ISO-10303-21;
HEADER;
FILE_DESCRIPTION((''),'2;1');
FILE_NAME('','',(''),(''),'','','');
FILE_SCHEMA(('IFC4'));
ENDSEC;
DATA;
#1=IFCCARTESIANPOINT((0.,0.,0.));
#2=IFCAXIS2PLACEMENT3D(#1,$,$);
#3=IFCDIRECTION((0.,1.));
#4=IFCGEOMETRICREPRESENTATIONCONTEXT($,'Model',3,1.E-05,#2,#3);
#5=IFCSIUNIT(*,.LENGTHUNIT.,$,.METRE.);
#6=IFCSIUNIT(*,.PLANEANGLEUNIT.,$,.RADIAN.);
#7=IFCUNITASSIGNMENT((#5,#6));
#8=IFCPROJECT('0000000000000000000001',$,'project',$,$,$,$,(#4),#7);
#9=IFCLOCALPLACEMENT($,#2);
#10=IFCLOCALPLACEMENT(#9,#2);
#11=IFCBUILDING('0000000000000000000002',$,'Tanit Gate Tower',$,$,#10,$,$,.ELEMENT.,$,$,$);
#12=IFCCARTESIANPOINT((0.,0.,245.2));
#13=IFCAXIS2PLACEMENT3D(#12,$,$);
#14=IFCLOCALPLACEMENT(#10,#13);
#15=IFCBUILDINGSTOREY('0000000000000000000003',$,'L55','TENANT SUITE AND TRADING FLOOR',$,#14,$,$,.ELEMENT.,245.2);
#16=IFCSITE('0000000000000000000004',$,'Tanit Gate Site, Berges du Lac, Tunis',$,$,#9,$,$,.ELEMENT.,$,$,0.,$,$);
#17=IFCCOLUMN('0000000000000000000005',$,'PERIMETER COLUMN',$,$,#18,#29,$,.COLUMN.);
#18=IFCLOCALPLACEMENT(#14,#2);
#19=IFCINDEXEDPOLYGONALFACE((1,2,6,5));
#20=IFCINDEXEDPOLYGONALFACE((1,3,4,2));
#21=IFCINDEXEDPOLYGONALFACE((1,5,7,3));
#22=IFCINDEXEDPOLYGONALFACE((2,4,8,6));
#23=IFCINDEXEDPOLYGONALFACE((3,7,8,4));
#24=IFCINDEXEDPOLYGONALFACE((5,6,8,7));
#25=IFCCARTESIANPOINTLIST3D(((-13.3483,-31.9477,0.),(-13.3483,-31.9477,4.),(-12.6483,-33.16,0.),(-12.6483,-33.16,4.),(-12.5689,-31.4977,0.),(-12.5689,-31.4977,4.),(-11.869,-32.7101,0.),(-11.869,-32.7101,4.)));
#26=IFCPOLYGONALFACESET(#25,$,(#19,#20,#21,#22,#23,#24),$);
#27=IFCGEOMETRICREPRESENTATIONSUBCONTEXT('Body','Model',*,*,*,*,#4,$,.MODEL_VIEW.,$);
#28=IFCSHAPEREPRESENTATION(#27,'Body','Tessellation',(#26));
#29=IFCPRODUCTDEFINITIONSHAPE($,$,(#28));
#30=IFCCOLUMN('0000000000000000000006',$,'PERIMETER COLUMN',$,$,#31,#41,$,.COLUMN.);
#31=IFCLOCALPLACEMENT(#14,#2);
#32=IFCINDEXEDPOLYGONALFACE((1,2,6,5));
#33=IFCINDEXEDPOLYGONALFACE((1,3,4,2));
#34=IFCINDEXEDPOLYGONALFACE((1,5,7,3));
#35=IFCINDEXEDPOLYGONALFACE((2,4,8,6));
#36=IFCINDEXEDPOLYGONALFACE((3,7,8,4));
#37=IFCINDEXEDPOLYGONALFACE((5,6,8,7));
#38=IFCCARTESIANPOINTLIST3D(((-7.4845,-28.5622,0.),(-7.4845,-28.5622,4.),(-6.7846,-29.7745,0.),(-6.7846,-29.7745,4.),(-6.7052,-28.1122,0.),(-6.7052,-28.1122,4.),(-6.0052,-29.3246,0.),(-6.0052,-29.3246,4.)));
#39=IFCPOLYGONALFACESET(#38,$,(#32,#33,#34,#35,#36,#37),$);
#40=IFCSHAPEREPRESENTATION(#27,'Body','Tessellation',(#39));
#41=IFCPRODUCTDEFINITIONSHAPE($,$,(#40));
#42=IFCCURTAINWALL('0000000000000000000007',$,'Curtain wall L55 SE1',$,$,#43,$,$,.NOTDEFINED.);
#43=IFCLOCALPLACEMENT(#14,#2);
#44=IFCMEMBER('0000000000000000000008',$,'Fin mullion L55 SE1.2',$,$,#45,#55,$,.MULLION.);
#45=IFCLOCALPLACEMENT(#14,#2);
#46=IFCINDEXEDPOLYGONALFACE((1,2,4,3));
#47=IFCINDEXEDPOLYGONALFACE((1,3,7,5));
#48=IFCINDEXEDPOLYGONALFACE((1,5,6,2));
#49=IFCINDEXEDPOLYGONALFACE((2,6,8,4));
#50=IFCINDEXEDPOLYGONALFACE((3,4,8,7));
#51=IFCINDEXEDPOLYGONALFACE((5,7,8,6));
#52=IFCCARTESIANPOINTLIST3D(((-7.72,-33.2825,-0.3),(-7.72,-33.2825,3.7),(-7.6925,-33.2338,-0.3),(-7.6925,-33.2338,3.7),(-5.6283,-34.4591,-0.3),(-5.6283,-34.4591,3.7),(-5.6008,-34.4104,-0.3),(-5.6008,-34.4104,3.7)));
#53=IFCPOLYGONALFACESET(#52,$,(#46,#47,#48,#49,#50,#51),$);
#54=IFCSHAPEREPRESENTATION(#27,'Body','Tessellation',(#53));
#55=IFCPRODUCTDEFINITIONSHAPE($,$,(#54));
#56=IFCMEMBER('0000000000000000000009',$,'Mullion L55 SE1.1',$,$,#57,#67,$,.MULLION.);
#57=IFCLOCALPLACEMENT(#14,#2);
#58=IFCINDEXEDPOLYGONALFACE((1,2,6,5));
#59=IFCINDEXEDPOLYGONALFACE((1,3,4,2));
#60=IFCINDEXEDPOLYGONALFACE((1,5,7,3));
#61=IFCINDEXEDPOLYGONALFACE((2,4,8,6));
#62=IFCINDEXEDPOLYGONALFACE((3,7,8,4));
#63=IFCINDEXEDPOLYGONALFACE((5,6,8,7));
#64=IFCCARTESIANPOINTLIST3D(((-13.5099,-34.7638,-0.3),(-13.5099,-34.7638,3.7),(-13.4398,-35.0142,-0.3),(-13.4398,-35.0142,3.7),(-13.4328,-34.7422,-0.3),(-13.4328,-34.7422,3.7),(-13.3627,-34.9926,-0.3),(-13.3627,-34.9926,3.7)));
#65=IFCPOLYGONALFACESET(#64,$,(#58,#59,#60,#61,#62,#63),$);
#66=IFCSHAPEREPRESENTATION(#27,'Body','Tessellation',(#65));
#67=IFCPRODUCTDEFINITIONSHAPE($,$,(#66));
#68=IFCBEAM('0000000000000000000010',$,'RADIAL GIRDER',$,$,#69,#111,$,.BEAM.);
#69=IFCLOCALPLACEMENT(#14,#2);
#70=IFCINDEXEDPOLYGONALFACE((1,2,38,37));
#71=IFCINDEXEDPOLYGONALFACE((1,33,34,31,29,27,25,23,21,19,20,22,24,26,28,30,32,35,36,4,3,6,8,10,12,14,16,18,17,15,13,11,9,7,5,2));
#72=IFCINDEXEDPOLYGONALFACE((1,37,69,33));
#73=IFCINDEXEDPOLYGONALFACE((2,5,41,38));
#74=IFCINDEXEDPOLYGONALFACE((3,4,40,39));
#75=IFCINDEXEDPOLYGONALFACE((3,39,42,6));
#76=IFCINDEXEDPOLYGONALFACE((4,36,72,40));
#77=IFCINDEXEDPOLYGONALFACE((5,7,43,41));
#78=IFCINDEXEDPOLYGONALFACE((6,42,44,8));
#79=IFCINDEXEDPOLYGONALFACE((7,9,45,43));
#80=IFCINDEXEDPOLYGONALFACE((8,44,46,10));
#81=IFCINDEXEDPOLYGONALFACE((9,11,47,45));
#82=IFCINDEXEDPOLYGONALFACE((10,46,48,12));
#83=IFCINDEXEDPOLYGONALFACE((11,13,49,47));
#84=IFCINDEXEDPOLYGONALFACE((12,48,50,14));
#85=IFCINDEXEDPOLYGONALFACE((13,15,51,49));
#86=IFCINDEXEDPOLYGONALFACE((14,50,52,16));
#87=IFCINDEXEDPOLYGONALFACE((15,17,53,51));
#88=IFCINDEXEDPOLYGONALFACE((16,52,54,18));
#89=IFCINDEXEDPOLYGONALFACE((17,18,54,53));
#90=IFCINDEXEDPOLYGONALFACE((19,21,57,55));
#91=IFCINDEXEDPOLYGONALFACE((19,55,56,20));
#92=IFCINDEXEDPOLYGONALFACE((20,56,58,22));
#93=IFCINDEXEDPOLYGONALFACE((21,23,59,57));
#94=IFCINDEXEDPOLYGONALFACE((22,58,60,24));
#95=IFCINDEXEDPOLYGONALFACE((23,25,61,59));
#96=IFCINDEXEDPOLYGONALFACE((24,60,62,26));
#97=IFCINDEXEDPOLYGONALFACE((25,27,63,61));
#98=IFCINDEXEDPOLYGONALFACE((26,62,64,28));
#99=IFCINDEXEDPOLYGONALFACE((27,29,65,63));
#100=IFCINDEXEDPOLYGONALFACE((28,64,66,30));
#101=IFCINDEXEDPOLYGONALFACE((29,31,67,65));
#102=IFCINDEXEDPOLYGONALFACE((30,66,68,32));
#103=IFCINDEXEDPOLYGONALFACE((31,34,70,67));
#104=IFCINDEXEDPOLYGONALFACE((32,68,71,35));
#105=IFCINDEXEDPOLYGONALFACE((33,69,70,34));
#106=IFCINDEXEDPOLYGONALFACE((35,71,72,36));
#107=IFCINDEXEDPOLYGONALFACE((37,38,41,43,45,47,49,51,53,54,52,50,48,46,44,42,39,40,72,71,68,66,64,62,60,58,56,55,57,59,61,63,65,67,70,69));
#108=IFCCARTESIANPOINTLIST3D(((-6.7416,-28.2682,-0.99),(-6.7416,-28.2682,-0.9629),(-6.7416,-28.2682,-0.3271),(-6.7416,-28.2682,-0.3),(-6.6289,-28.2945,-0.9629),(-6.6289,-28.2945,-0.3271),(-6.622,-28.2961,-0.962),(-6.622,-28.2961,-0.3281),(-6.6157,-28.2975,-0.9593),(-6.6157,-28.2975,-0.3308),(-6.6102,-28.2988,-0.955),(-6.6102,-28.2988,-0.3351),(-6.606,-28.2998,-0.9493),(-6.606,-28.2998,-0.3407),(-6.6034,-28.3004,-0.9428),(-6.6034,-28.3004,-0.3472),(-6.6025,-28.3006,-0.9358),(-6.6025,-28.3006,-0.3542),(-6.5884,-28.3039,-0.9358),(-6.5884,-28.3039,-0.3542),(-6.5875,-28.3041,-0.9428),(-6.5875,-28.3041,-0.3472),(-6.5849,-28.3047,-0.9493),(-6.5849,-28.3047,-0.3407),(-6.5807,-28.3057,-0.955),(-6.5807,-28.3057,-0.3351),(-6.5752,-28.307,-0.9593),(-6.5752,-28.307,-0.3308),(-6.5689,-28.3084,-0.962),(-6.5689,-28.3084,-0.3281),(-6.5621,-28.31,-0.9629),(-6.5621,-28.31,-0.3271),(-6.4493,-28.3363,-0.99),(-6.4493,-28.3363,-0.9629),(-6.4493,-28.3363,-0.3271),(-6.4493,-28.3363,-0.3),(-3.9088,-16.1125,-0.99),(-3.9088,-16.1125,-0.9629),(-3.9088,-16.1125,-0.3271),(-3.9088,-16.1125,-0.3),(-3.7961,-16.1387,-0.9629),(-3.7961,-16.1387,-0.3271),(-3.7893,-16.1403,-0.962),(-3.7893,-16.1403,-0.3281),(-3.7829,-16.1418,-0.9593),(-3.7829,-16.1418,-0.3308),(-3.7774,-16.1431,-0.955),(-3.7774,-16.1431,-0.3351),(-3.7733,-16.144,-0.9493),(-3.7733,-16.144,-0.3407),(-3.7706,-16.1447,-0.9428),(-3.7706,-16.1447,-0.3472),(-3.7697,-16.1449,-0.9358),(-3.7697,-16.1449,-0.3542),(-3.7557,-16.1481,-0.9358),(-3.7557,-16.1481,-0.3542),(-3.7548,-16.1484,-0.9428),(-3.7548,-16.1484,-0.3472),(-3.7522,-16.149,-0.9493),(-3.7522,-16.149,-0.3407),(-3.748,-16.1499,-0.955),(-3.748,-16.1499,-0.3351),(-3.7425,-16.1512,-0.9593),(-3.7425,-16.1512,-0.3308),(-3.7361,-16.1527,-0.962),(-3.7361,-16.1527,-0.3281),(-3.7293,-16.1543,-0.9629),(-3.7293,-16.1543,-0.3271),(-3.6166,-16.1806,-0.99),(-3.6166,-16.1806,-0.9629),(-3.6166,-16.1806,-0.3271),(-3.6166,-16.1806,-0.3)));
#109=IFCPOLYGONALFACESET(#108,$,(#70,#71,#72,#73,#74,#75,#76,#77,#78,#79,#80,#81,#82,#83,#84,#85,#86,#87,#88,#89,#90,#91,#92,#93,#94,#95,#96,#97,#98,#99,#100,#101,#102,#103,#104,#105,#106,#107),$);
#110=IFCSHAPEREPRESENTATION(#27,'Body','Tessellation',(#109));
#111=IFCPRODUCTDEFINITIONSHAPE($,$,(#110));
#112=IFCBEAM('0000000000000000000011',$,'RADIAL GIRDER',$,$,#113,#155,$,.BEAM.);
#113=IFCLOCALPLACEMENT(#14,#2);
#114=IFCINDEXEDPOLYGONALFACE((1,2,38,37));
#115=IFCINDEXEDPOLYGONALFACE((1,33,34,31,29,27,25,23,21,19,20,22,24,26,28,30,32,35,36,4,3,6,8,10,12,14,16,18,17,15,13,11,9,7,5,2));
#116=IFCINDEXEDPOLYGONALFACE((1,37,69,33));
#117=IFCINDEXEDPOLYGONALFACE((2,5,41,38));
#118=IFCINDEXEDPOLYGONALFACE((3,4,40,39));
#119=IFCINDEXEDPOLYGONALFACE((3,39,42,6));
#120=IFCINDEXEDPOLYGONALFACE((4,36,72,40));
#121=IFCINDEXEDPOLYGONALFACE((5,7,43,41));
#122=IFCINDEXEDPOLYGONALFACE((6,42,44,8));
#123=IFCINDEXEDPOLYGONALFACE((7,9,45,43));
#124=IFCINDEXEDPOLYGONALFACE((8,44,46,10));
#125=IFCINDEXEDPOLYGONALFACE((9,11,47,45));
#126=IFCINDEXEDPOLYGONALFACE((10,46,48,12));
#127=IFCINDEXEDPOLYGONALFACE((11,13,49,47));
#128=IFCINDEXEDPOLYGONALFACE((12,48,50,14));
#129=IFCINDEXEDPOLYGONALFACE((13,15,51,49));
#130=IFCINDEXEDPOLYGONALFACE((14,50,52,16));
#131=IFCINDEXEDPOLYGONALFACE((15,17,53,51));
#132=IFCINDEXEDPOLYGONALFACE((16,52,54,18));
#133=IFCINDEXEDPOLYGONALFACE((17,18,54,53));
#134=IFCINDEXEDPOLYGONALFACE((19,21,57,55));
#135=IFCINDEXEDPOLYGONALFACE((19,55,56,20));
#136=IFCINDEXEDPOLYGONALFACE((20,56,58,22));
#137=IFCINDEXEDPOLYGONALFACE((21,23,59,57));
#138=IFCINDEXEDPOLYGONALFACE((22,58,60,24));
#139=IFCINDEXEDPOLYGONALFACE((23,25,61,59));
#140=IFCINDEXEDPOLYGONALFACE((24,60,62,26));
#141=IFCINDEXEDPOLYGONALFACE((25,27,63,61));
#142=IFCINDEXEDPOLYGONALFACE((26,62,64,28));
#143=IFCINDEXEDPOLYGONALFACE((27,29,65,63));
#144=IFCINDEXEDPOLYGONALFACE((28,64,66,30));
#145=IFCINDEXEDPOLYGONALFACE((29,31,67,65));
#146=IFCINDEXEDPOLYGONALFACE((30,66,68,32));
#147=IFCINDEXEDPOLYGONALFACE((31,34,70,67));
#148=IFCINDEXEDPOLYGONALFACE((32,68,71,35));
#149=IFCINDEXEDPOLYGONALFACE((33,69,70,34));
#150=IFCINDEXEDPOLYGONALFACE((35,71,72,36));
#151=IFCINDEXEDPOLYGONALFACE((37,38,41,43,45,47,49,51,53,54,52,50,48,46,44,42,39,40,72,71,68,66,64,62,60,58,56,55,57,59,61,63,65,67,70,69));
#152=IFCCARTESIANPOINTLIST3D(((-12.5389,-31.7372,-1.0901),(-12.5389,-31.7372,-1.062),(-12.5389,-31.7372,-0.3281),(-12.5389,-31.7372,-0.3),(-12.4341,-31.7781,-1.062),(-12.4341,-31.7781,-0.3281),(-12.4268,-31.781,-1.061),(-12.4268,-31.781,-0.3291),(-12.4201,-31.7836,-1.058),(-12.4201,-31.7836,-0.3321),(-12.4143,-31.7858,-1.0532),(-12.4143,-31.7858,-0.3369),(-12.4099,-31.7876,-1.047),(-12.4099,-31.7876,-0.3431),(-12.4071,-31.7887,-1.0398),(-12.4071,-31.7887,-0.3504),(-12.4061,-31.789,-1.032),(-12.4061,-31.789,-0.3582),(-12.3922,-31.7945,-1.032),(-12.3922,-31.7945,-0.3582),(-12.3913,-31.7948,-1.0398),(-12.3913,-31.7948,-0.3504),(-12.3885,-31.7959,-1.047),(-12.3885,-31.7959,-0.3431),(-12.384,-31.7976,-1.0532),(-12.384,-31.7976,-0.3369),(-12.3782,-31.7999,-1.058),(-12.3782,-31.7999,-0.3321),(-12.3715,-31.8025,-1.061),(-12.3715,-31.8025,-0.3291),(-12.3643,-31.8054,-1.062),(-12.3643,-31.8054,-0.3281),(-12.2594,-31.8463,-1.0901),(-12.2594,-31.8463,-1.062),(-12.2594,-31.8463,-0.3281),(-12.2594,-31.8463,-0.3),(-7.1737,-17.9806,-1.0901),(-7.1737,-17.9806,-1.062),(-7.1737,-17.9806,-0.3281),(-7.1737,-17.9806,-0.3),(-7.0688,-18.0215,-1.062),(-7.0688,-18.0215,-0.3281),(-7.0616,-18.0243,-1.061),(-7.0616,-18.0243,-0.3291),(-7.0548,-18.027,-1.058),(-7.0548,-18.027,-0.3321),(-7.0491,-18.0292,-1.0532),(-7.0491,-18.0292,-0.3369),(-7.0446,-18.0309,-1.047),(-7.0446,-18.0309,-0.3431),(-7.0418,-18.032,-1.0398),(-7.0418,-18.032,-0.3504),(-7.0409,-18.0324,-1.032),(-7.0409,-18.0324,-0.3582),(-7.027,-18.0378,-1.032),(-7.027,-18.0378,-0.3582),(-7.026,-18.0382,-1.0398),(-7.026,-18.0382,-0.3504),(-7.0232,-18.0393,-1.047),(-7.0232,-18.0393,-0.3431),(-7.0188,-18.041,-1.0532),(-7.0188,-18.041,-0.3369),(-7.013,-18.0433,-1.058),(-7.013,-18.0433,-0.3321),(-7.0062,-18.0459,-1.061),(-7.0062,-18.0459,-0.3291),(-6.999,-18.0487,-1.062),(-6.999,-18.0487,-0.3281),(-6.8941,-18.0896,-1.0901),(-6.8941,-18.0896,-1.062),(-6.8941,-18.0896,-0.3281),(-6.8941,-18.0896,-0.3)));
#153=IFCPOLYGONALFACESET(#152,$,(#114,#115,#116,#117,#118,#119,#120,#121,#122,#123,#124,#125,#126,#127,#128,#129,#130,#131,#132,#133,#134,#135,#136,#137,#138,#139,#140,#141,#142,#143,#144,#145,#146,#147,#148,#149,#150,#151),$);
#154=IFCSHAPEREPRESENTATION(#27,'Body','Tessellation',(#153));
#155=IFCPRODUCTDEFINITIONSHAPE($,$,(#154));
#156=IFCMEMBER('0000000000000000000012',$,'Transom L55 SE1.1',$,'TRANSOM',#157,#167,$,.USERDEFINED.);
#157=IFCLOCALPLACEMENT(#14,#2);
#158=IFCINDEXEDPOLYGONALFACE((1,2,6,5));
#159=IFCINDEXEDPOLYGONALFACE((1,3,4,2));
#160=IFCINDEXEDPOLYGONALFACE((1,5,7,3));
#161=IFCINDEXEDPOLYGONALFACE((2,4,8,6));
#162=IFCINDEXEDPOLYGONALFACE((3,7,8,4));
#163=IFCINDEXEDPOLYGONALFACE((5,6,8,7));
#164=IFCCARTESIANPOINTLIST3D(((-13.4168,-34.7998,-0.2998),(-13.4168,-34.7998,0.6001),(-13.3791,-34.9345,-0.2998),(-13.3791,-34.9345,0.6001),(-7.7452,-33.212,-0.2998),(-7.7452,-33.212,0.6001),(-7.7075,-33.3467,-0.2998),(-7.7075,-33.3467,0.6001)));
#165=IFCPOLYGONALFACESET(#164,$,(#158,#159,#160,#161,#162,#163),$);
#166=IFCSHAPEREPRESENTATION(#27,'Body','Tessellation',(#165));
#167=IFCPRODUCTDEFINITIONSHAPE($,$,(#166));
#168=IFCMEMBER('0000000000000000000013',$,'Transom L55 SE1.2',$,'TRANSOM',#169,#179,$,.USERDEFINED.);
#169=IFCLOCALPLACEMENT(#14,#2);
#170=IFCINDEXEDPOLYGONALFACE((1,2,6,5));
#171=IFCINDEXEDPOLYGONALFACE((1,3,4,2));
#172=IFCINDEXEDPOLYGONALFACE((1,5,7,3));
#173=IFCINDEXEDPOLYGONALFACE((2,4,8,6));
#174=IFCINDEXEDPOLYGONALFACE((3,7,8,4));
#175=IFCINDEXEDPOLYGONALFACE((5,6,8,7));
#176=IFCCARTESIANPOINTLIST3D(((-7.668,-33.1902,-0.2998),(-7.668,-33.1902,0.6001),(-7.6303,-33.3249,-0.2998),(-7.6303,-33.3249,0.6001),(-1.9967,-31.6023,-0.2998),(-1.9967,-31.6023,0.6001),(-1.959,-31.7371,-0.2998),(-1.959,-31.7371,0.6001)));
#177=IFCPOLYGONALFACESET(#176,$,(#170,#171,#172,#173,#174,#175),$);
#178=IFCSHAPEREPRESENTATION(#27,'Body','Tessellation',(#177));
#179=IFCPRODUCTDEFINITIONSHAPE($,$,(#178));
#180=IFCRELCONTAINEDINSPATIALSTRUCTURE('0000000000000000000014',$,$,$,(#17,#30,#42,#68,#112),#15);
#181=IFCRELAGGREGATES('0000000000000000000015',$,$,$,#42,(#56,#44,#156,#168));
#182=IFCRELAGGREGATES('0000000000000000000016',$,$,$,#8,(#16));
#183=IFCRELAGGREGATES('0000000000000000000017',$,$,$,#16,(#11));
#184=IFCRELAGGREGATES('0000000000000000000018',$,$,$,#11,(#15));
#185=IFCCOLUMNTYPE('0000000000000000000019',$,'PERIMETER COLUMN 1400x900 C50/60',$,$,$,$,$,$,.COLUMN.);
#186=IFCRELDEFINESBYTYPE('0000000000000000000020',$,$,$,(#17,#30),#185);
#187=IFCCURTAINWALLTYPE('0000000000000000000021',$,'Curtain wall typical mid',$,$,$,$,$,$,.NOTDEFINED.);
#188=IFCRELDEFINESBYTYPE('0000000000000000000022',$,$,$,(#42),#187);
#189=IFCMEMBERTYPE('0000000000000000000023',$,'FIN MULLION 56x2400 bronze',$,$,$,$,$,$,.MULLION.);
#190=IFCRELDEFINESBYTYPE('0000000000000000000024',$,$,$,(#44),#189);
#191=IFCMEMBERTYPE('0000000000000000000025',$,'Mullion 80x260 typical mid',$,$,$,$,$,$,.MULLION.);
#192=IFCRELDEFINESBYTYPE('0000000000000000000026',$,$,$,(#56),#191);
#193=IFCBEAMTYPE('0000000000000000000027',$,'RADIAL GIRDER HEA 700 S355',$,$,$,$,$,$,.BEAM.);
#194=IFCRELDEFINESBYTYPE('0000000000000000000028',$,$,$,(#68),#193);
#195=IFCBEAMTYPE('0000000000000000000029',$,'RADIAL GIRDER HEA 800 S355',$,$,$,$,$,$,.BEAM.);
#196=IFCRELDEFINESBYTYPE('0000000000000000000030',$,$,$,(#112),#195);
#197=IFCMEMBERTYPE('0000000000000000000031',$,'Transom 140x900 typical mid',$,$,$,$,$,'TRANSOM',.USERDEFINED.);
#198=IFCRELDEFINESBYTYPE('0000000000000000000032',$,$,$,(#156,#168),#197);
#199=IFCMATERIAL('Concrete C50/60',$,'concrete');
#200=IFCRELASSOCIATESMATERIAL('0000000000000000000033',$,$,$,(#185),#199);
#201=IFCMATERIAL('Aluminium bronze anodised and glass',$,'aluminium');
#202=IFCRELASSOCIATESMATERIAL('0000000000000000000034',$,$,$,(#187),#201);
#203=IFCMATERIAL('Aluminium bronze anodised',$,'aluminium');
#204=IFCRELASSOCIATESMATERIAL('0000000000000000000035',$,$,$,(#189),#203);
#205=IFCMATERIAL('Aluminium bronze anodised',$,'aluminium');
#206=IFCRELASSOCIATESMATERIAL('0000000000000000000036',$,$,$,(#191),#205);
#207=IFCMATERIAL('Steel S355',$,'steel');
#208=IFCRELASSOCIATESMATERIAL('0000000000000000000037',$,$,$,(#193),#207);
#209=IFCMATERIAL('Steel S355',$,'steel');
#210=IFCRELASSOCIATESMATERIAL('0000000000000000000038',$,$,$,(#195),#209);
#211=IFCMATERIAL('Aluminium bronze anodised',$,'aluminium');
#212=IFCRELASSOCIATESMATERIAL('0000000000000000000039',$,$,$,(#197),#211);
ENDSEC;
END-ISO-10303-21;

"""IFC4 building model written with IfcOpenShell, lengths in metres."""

from ifc_helpers import new_model, si_unit, direction, frame, origin, origin_2d, place, context, subcontext, project, spatial, rectangle, i_section, extrude, material, material_profile, profile_set, type_object, element, aggregate, save


model = new_model("IFC4")

# Units and contexts
model_context = context("Model", 3, precision=1e-05, world=origin(), true_north=direction((0.0, 1.0)))
body_context = subcontext(model_context, "Body", "Model", "MODEL_VIEW")
ifc_project = project(units=[si_unit("LENGTHUNIT", "METRE"), si_unit("PLANEANGLEUNIT", "RADIAN")], contexts=[model_context])

# Site, building, storey
site_placement = place(None, origin())
site = spatial("IfcSite", under=ifc_project, at=site_placement, Name="Tanit Gate Site, Berges du Lac, Tunis", CompositionType="ELEMENT", RefElevation=0.0)
building_placement = place(site_placement, origin())
building = spatial("IfcBuilding", under=site, at=building_placement, Name="Tanit Gate Tower", CompositionType="ELEMENT")
storey_placement = place(building_placement, frame((0.0, 0.0, 245.2)))
storey = spatial("IfcBuildingStorey", under=building, at=storey_placement, Name="L55", Description="TENANT SUITE AND TRADING FLOOR", CompositionType="ELEMENT", Elevation=245.2)

# Columns
ifc_material_1 = material(Name="Concrete C50/60", Category="concrete")
ifc_material_profile_1 = material_profile(ifc_material_1, rectangle(XDim=1.3999, YDim=0.8999, at=origin_2d()), Name="RC 1400x900")
ifc_profile_set_1 = profile_set([ifc_material_profile_1], Name="Concrete C50/60")
column_type = type_object("IfcColumnType", Name="PERIMETER COLUMN 1400x900 C50/60", PredefinedType="COLUMN", material=ifc_profile_set_1)
for number, where, z_axis, x_axis, name in (
    (1, (-12.6086, -32.3289, 0.0), (0.0, 0.0, 1.0), (0.5, -0.866025, 0.0), "PERIMETER COLUMN"),
    (2, (-6.7449, -28.9434, 0.0), (0.0, 0.0, 1.0), (0.5, -0.866025, 0.0), "PERIMETER COLUMN"),
):
    element("IfcColumn", number, at=place(storey_placement, frame(where, z_axis=z_axis, x_axis=x_axis)), inside=storey, type_object=column_type, Name=name, PredefinedType="COLUMN", context=body_context, shape_type="SweptSolid", body=[
        extrude(rectangle(XDim=1.3999, YDim=0.8999, at=origin_2d()), origin(), (0.0, 0.0, 1.0), 4.0),
    ])

# Curtain wall, members
ifc_material_2 = material(Name="Aluminium bronze anodised and glass", Category="aluminium")
curtain_wall_type = type_object("IfcCurtainWallType", Name="Curtain wall typical mid", PredefinedType="NOTDEFINED", material=ifc_material_2)
curtain_wall_placement = place(storey_placement, origin())
curtain_wall = element("IfcCurtainWall", 3, at=curtain_wall_placement, inside=storey, type_object=curtain_wall_type, Name="Curtain wall L55 SE1", PredefinedType="NOTDEFINED")
ifc_material_3 = material(Name="Aluminium bronze anodised", Category="aluminium")
ifc_material_profile_2 = material_profile(ifc_material_3, rectangle(XDim=2.3999, YDim=0.0559, at=origin_2d()), Name="56x2400 bronze fin mullion")
ifc_profile_set_2 = profile_set([ifc_material_profile_2], Name="Aluminium bronze anodised")
member_type_1 = type_object("IfcMemberType", Name="FIN MULLION 56x2400 bronze", PredefinedType="MULLION", material=ifc_profile_set_2)
member_1_placement = place(storey_placement, frame((-6.6604, -33.8464, -0.3), z_axis=(0.0, 0.0, 1.0), x_axis=(-0.871576, 0.49026, 0.0)))
member_1 = element("IfcMember", 4, at=member_1_placement, type_object=member_type_1, Name="Fin mullion L55 SE1.2", PredefinedType="MULLION", context=body_context, shape_type="SweptSolid", body=[
    extrude(rectangle(XDim=2.3999, YDim=0.0559, at=origin_2d()), origin(), (0.0, 0.0, 1.0), 4.0),
])
ifc_material_4 = material(Name="Aluminium bronze anodised", Category="aluminium")
ifc_material_profile_3 = material_profile(ifc_material_4, rectangle(XDim=0.26, YDim=0.0801, at=origin_2d()), Name="80x260 bronze mullion")
ifc_profile_set_3 = profile_set([ifc_material_profile_3], Name="Aluminium bronze anodised")
member_type_2 = type_object("IfcMemberType", Name="Mullion 80x260 typical mid", PredefinedType="MULLION", material=ifc_profile_set_3)
member_2_placement = place(storey_placement, frame((-13.4363, -34.8782, -0.3), z_axis=(0.0, 0.0, 1.0), x_axis=(-0.269632, 0.962964, 0.0)))
member_2 = element("IfcMember", 5, at=member_2_placement, type_object=member_type_2, Name="Mullion L55 SE1.1", PredefinedType="MULLION", context=body_context, shape_type="SweptSolid", body=[
    extrude(rectangle(XDim=0.26, YDim=0.0801, at=origin_2d()), origin(), (0.0, 0.0, 1.0), 4.0),
])

# Beams
ifc_material_5 = material(Name="Steel S355", Category="steel")
ifc_material_profile_4 = material_profile(ifc_material_5, i_section(OverallWidth=0.3, OverallDepth=0.6899, WebThickness=0.0144, FlangeThickness=0.0271, FilletRadius=0.0271, at=origin_2d()), Name="HEA 700")
ifc_profile_set_4 = profile_set([ifc_material_profile_4], Name="Steel S355")
beam_type_1 = type_object("IfcBeamType", Name="RADIAL GIRDER HEA 700 S355", PredefinedType="BEAM", material=ifc_profile_set_4)
beam_1_placement = place(storey_placement, frame((-6.5955, -28.3022, -0.645), z_axis=(0.226958, 0.973905, 0.0), x_axis=(-0.973905, 0.226958, 0.0)))
element("IfcBeam", 6, at=beam_1_placement, inside=storey, type_object=beam_type_1, Name="RADIAL GIRDER", PredefinedType="BEAM", context=body_context, shape_type="SweptSolid", body=[
    extrude(i_section(OverallWidth=0.3, OverallDepth=0.6899, WebThickness=0.0144, FlangeThickness=0.0271, FilletRadius=0.0271, at=origin_2d()), origin(), (0.0, 0.0, 1.0), 12.4814),
])
ifc_material_6 = material(Name="Steel S355", Category="steel")
ifc_material_profile_5 = material_profile(ifc_material_6, i_section(OverallWidth=0.3, OverallDepth=0.79, WebThickness=0.0149, FlangeThickness=0.0281, FilletRadius=0.03, at=origin_2d()), Name="HEA 800")
ifc_profile_set_5 = profile_set([ifc_material_profile_5], Name="Steel S355")
beam_type_2 = type_object("IfcBeamType", Name="RADIAL GIRDER HEA 800 S355", PredefinedType="BEAM", material=ifc_profile_set_5)
beam_2_placement = place(storey_placement, frame((-12.3992, -31.7917, -0.6951), z_axis=(0.363355, 0.931651, 0.0), x_axis=(-0.931651, 0.363355, 0.0)))
element("IfcBeam", 7, at=beam_2_placement, inside=storey, type_object=beam_type_2, Name="RADIAL GIRDER", PredefinedType="BEAM", context=body_context, shape_type="SweptSolid", body=[
    extrude(i_section(OverallWidth=0.3, OverallDepth=0.79, WebThickness=0.0149, FlangeThickness=0.0281, FilletRadius=0.03, at=origin_2d()), origin(), (0.0, 0.0, 1.0), 14.7659),
])

# Members
ifc_material_7 = material(Name="Aluminium bronze anodised", Category="aluminium")
ifc_material_profile_6 = material_profile(ifc_material_7, rectangle(XDim=0.1399, YDim=0.8999, at=origin_2d()), Name="140x900 bronze transom")
ifc_profile_set_6 = profile_set([ifc_material_profile_6], Name="Aluminium bronze anodised")
member_type_3 = type_object("IfcMemberType", Name="Transom 140x900 typical mid", ElementType="TRANSOM", PredefinedType="USERDEFINED", material=ifc_profile_set_6)
member_3_placement = place(storey_placement, frame((-13.3979, -34.8672, 0.1501), z_axis=(0.962971, 0.269604, 0.0), x_axis=(-0.269604, 0.962971, 0.0)))
member_3 = element("IfcMember", 8, at=member_3_placement, type_object=member_type_3, Name="Transom L55 SE1.1", ObjectType="TRANSOM", PredefinedType="USERDEFINED", context=body_context, shape_type="SweptSolid", body=[
    extrude(rectangle(XDim=0.1399, YDim=0.8999, at=origin_2d()), origin(), (0.0, 0.0, 1.0), 5.8896),
])
member_4_placement = place(storey_placement, frame((-7.6492, -33.2576, 0.1501), z_axis=(0.962968, 0.269615, 0.0), x_axis=(-0.269615, 0.962968, 0.0)))
member_4 = element("IfcMember", 9, at=member_4_placement, type_object=member_type_3, Name="Transom L55 SE1.2", ObjectType="TRANSOM", PredefinedType="USERDEFINED", context=body_context, shape_type="SweptSolid", body=[
    extrude(rectangle(XDim=0.1399, YDim=0.8999, at=origin_2d()), origin(), (0.0, 0.0, 1.0), 5.8894),
])

aggregate(curtain_wall, [member_2, member_1, member_3, member_4])

save(model, "model.ifc")
